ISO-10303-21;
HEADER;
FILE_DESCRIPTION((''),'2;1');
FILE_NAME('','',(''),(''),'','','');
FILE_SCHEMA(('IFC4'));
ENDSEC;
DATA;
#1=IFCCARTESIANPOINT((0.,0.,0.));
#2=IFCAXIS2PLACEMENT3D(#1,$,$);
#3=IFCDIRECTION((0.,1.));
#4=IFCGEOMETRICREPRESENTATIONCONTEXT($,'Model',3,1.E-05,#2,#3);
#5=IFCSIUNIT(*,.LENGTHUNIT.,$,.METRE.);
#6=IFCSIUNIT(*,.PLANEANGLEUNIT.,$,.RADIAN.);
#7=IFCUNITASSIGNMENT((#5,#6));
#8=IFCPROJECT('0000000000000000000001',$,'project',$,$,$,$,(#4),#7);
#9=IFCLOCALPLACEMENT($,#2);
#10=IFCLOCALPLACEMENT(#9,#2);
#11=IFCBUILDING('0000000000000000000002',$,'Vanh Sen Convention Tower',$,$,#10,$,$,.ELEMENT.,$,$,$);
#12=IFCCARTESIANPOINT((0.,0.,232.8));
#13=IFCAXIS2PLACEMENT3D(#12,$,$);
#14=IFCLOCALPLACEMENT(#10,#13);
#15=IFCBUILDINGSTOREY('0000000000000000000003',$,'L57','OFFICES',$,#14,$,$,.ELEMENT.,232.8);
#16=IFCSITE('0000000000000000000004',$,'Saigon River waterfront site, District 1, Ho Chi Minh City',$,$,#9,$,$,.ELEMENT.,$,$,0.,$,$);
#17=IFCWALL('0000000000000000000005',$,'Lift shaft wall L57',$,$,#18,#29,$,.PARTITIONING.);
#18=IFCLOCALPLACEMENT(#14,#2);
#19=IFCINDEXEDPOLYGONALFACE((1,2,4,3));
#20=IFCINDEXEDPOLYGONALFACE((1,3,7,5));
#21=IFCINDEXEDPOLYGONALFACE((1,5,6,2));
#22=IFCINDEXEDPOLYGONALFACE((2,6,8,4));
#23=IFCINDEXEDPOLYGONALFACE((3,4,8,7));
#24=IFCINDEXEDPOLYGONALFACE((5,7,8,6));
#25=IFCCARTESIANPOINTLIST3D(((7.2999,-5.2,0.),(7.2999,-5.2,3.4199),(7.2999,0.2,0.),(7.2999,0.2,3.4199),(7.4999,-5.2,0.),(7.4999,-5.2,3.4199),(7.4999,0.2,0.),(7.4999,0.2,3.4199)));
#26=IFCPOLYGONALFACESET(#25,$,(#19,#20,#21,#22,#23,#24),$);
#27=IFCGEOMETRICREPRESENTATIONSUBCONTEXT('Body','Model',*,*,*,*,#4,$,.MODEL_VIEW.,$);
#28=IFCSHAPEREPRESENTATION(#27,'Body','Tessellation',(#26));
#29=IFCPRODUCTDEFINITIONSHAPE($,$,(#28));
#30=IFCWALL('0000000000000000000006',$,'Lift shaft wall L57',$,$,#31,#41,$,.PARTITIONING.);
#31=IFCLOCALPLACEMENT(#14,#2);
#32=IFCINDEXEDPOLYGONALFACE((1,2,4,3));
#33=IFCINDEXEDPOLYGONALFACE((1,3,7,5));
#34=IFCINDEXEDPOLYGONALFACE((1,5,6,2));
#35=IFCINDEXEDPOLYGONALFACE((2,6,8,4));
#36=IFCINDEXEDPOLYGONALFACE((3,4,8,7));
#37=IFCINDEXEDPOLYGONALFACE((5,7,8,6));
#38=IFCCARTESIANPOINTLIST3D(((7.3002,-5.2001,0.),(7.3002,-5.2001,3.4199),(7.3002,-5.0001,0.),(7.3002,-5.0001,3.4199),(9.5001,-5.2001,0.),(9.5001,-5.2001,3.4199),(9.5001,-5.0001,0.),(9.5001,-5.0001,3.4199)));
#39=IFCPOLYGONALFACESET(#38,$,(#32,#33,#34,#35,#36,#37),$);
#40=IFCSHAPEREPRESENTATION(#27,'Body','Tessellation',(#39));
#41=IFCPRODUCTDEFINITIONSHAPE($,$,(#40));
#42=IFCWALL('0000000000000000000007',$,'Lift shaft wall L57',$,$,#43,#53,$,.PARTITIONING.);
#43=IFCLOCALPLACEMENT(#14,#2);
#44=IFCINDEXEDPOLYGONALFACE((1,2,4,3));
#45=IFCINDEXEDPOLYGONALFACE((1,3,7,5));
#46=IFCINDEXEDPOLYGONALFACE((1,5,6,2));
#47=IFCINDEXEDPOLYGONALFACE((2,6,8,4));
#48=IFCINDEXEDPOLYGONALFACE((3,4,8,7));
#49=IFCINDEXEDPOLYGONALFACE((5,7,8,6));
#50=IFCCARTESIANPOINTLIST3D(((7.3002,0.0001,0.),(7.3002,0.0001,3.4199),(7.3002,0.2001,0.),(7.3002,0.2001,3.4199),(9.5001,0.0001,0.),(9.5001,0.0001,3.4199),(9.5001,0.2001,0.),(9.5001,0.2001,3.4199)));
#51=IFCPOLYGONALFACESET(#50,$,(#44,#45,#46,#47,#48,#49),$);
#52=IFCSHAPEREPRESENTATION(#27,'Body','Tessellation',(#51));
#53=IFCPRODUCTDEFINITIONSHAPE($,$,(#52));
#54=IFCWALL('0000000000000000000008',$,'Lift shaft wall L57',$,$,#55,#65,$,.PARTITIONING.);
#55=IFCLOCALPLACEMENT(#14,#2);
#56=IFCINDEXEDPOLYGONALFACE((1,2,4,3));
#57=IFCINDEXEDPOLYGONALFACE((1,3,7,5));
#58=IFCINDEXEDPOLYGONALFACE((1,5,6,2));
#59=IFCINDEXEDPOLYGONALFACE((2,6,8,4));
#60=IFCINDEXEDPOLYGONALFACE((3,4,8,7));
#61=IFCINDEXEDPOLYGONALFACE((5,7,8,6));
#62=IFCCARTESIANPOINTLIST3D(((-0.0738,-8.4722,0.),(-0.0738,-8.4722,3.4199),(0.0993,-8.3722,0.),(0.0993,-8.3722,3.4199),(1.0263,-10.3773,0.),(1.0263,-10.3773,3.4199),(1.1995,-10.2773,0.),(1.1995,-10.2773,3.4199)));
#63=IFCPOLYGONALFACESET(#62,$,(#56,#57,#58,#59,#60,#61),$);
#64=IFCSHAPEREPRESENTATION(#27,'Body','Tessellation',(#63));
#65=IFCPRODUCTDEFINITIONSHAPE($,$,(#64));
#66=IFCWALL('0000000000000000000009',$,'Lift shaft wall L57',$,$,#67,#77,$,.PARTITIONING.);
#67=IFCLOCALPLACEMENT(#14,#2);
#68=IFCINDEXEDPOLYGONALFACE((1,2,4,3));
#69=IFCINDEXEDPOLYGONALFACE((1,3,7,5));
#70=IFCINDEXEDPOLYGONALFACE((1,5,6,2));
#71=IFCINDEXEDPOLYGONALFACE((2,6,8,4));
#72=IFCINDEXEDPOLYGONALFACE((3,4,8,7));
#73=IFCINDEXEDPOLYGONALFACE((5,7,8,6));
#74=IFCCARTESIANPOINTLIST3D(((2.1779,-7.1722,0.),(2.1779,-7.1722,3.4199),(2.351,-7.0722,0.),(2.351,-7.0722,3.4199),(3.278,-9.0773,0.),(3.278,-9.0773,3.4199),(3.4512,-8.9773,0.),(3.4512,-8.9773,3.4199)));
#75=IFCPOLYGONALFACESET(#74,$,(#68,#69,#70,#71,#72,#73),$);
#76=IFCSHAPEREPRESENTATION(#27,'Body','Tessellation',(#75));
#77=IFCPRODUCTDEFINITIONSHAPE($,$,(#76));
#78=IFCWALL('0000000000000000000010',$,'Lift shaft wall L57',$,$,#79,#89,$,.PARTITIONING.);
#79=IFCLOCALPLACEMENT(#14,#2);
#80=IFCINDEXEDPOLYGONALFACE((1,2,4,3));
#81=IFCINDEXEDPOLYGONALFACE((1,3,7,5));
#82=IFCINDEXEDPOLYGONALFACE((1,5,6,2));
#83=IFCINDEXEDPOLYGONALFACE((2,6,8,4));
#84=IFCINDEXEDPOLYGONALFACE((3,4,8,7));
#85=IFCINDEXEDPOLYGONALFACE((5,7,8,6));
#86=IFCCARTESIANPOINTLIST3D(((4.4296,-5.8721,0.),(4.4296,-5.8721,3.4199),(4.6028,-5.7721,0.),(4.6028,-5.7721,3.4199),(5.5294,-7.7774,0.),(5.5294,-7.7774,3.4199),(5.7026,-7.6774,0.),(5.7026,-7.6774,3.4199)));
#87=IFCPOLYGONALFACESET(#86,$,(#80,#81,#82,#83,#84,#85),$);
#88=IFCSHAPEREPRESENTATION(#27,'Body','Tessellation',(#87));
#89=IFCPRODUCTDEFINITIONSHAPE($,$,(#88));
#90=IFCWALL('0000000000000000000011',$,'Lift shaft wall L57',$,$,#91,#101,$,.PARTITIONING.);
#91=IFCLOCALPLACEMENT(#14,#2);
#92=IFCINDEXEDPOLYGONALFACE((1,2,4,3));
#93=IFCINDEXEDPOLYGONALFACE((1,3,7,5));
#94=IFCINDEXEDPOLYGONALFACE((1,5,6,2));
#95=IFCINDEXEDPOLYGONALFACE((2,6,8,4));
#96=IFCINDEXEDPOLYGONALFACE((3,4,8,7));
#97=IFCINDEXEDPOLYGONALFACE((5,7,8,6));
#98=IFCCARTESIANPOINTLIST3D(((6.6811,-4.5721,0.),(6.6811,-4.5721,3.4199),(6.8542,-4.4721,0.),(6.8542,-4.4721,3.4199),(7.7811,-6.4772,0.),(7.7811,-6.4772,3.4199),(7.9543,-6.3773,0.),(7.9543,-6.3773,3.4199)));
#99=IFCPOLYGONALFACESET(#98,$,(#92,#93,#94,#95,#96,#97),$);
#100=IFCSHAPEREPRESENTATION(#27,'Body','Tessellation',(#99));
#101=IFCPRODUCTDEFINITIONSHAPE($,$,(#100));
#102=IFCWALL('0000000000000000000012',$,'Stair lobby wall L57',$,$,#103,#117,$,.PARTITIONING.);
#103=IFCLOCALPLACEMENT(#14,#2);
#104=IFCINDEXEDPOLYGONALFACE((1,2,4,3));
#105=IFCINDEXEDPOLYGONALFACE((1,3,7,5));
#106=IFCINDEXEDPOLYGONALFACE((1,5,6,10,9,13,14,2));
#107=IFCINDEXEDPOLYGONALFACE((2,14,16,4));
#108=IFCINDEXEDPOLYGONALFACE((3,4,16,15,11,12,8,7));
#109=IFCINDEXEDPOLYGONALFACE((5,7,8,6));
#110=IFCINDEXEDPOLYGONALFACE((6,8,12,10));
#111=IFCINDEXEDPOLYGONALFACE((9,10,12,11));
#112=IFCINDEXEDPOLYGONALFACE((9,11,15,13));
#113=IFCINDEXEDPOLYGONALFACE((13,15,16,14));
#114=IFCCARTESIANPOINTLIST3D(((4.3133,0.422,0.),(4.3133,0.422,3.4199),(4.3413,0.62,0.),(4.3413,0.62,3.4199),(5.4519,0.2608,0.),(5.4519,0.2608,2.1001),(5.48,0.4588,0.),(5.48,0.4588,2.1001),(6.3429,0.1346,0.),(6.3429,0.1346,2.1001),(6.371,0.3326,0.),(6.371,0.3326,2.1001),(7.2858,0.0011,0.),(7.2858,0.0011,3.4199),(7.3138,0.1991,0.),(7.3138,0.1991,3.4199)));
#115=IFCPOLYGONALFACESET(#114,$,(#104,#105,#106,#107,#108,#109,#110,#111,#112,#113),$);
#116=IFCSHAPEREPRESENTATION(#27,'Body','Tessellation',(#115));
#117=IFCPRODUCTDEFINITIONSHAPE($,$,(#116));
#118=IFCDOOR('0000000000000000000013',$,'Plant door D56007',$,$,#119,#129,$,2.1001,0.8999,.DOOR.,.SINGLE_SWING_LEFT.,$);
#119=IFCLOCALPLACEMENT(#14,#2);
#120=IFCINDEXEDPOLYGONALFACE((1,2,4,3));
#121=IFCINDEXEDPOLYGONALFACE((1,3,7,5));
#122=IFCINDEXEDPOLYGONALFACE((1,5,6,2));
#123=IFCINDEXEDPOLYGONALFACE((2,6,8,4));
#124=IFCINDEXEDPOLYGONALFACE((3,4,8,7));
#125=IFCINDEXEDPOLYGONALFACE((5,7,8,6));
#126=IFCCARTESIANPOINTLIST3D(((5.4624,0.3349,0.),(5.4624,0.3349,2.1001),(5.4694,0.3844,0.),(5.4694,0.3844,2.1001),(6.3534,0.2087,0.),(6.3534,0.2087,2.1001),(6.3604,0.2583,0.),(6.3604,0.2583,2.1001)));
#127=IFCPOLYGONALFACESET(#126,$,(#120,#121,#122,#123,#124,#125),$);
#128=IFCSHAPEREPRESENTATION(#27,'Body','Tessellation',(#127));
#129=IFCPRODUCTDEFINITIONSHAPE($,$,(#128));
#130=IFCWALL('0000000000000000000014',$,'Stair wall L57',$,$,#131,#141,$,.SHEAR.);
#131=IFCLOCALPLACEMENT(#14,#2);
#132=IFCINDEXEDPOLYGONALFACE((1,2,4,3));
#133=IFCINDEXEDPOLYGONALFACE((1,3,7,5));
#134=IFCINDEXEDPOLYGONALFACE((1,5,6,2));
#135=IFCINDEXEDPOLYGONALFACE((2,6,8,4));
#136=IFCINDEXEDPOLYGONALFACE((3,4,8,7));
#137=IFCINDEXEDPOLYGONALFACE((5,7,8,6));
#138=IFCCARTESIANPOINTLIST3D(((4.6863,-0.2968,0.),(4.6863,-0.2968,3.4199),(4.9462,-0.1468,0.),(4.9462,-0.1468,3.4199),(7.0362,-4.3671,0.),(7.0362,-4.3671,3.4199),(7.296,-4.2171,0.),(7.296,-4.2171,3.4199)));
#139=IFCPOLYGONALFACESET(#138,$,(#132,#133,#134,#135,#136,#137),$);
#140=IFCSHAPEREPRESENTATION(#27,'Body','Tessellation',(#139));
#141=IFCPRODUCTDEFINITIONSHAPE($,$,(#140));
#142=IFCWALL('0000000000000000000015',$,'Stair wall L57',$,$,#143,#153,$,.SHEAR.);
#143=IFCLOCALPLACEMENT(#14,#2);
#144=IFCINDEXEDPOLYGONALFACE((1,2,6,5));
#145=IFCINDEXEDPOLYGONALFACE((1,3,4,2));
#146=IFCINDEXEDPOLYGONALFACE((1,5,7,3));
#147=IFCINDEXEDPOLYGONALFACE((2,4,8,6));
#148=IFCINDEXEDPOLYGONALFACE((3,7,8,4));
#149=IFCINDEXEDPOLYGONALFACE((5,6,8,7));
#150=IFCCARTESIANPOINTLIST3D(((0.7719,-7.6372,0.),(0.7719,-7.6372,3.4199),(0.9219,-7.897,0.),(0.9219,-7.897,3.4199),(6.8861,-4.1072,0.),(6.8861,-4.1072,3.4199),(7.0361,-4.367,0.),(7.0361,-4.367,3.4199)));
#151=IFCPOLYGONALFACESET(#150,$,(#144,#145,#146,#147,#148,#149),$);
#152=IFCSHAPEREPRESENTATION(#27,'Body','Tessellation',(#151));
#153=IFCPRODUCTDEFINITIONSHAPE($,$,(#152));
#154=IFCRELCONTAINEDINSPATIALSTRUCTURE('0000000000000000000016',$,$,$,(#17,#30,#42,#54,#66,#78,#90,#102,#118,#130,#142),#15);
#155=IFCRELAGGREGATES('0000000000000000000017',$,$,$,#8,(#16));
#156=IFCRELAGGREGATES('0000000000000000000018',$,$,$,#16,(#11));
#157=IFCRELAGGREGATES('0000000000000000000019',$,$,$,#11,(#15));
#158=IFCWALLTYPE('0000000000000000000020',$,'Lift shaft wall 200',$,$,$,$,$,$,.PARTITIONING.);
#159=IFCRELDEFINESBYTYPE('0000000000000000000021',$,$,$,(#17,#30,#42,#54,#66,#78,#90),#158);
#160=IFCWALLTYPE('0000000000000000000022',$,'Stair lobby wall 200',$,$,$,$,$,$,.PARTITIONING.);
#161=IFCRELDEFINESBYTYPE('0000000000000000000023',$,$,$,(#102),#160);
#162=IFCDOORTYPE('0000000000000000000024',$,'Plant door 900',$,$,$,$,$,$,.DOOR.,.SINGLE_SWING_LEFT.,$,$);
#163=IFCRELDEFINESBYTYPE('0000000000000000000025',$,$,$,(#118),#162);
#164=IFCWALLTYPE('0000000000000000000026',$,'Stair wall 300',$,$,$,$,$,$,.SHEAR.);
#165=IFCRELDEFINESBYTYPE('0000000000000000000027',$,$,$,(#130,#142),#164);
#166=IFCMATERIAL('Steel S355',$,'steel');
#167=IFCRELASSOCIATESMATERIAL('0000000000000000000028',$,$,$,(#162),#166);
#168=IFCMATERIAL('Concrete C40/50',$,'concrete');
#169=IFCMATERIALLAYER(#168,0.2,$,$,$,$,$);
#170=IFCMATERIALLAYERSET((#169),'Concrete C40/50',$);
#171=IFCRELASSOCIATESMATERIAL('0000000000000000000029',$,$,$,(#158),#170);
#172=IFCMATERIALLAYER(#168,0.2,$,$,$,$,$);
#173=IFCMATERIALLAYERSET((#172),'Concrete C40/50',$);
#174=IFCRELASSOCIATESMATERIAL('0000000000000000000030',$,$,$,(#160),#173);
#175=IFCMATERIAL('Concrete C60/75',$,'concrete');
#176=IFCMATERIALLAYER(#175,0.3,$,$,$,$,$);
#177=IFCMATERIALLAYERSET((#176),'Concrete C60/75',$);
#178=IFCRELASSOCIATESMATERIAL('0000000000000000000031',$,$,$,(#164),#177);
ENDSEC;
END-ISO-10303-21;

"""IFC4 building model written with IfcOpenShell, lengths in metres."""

from ifc_helpers import new_model, si_unit, direction, frame, frame_2d, origin, place, context, subcontext, project, spatial, rectangle, extrude, material, layer, layer_set, type_object, element, fill, save


model = new_model("IFC4")

# Units and contexts
model_context = context("Model", 3, precision=1e-05, world=origin(), true_north=direction((0.0, 1.0)))
body_context = subcontext(model_context, "Body", "Model", "MODEL_VIEW")
ifc_project = project(units=[si_unit("LENGTHUNIT", "METRE"), si_unit("PLANEANGLEUNIT", "RADIAN")], contexts=[model_context])

# Site, building, storey
site_placement = place(None, origin())
site = spatial("IfcSite", under=ifc_project, at=site_placement, Name="Saigon River waterfront site, District 1, Ho Chi Minh City", CompositionType="ELEMENT", RefElevation=0.0)
building_placement = place(site_placement, origin())
building = spatial("IfcBuilding", under=site, at=building_placement, Name="Vanh Sen Convention Tower", CompositionType="ELEMENT")
storey_placement = place(building_placement, frame((0.0, 0.0, 232.8)))
storey = spatial("IfcBuildingStorey", under=building, at=storey_placement, Name="L57", Description="OFFICES", CompositionType="ELEMENT", Elevation=232.8)

# Shared definitions
ifc_material_1 = material(Name="Concrete C40/50", Category="concrete")

# Shared definitions
ifc_material_2 = material(Name="Concrete C60/75", Category="concrete")
ifc_material_3 = material(Name="Steel S355", Category="steel")
door_type_1 = type_object("IfcDoorType", Name="Plant door 900", OperationType="SINGLE_SWING_LEFT", PredefinedType="DOOR", material=ifc_material_3)

# Walls
ifc_layer_1 = layer(ifc_material_1, 0.2)
ifc_layer_set_1 = layer_set([ifc_layer_1], Name="Concrete C40/50")
wall_type_1 = type_object("IfcWallType", Name="Lift shaft wall 200", PredefinedType="PARTITIONING", material=ifc_layer_set_1)
wall_1_placement = place(storey_placement, frame((7.3999, -5.2, 0.0), z_axis=(0.0, 0.0, 1.0), x_axis=(0.0, 1.0, 0.0)))
element("IfcWall", 1, at=wall_1_placement, inside=storey, type_object=wall_type_1, Name="Lift shaft wall L57", PredefinedType="PARTITIONING", context=body_context, shape_type="SweptSolid", body=[
    extrude(rectangle(XDim=5.3999, YDim=0.2, at=frame_2d((2.7, 0.0))), origin(), (0.0, 0.0, 1.0), 3.4199),
])
for number, where, z_axis, x_axis, name in (
    (2, (7.3, -5.1001, 0.0), (0.0, 0.0, 1.0), (1.0, 0.0, 0.0), "Lift shaft wall L57"),
    (3, (7.3, 0.1001, 0.0), (0.0, 0.0, 1.0), (1.0, 0.0, 0.0), "Lift shaft wall L57"),
    (4, (0.0127, -8.4221, 0.0), (0.0, 0.0, 1.0), (0.500078, -0.86598, 0.0), "Lift shaft wall L57"),
    (5, (2.2644, -7.1221, 0.0), (0.0, 0.0, 1.0), (0.500078, -0.86598, 0.0), "Lift shaft wall L57"),
    (6, (4.5161, -5.822, 0.0), (0.0, 0.0, 1.0), (0.499947, -0.866056, 0.0), "Lift shaft wall L57"),
    (7, (6.7676, -4.522, 0.0), (0.0, 0.0, 1.0), (0.50003, -0.866008, 0.0), "Lift shaft wall L57"),
):
    element("IfcWall", number, at=place(storey_placement, frame(where, z_axis=z_axis, x_axis=x_axis)), inside=storey, type_object=wall_type_1, Name=name, PredefinedType="PARTITIONING", context=body_context, shape_type="SweptSolid", body=[
        extrude(rectangle(XDim=2.2, YDim=0.2, at=frame_2d((1.1001, 0.0))), origin(), (0.0, 0.0, 1.0), 3.4199),
    ])

# Wall, opening, door
ifc_layer_2 = layer(ifc_material_1, 0.2)
ifc_layer_set_2 = layer_set([ifc_layer_2], Name="Concrete C40/50")
wall_type_2 = type_object("IfcWallType", Name="Stair lobby wall 200", PredefinedType="PARTITIONING", material=ifc_layer_set_2)
wall_2_placement = place(storey_placement, frame((4.3274, 0.521, 0.0), z_axis=(0.0, 0.0, 1.0), x_axis=(0.990124, -0.140192, 0.0)))
wall_2 = element("IfcWall", 8, at=wall_2_placement, inside=storey, type_object=wall_type_2, Name="Stair lobby wall L57", PredefinedType="PARTITIONING", context=body_context, shape_type="SweptSolid", body=[
    extrude(rectangle(XDim=3.0022, YDim=0.2, at=frame_2d((1.501, 0.0))), origin(), (0.0, 0.0, 1.0), 3.4199),
])
opening_1_placement = place(wall_2_placement, frame((1.1499, 0.0, 0.0)))
opening_1 = element("IfcOpeningElement", 9, at=opening_1_placement, cuts=wall_2, PredefinedType="OPENING", context=body_context, shape_type="SweptSolid", body=[
    extrude(rectangle(XDim=0.8999, YDim=2.1001, at=frame_2d((0.45, 1.05))), frame((0.0, 0.1099, 0.0), z_axis=(0.0, -1.0, 0.0), x_axis=(1.0, 0.0, 0.0)), (0.0, 0.0, 1.0), 0.22),
])
door_1_placement = place(opening_1_placement, origin())
door_1 = element("IfcDoor", 10, at=door_1_placement, inside=storey, type_object=door_type_1, Name="Plant door D56007", OperationType="SINGLE_SWING_LEFT", OverallHeight=2.1001, OverallWidth=0.8999, PredefinedType="DOOR", context=body_context, shape_type="SweptSolid", body=[
    extrude(rectangle(XDim=0.8999, YDim=2.1001, at=frame_2d((0.45, 1.05))), frame((0.0, 0.0249, 0.0), z_axis=(0.0, -1.0, 0.0), x_axis=(1.0, 0.0, 0.0)), (0.0, 0.0, 1.0), 0.05),
])
fill(opening_1, door_1)

# Walls
ifc_layer_3 = layer(ifc_material_2, 0.3)
ifc_layer_set_3 = layer_set([ifc_layer_3], Name="Concrete C60/75")
wall_type_3 = type_object("IfcWallType", Name="Stair wall 300", PredefinedType="SHEAR", material=ifc_layer_set_3)
wall_3_placement = place(storey_placement, frame((4.8162, -0.2217, 0.0), z_axis=(0.0, 0.0, 1.0), x_axis=(0.499977, -0.866039, 0.0)))
element("IfcWall", 11, at=wall_3_placement, inside=storey, type_object=wall_type_3, Name="Stair wall L57", PredefinedType="SHEAR", context=body_context, shape_type="SweptSolid", body=[
    extrude(rectangle(XDim=4.7, YDim=0.3, at=frame_2d((2.3501, 0.0))), origin(), (0.0, 0.0, 1.0), 3.4199),
])
wall_4_placement = place(storey_placement, frame((0.8469, -7.7671, 0.0), z_axis=(0.0, 0.0, 1.0), x_axis=(0.866028, 0.499996, 0.0)))
element("IfcWall", 12, at=wall_4_placement, inside=storey, type_object=wall_type_3, Name="Stair wall L57", PredefinedType="SHEAR", context=body_context, shape_type="SweptSolid", body=[
    extrude(rectangle(XDim=7.0601, YDim=0.3, at=frame_2d((3.53, 0.0))), origin(), (0.0, 0.0, 1.0), 3.4199),
])

save(model, "model.ifc")
